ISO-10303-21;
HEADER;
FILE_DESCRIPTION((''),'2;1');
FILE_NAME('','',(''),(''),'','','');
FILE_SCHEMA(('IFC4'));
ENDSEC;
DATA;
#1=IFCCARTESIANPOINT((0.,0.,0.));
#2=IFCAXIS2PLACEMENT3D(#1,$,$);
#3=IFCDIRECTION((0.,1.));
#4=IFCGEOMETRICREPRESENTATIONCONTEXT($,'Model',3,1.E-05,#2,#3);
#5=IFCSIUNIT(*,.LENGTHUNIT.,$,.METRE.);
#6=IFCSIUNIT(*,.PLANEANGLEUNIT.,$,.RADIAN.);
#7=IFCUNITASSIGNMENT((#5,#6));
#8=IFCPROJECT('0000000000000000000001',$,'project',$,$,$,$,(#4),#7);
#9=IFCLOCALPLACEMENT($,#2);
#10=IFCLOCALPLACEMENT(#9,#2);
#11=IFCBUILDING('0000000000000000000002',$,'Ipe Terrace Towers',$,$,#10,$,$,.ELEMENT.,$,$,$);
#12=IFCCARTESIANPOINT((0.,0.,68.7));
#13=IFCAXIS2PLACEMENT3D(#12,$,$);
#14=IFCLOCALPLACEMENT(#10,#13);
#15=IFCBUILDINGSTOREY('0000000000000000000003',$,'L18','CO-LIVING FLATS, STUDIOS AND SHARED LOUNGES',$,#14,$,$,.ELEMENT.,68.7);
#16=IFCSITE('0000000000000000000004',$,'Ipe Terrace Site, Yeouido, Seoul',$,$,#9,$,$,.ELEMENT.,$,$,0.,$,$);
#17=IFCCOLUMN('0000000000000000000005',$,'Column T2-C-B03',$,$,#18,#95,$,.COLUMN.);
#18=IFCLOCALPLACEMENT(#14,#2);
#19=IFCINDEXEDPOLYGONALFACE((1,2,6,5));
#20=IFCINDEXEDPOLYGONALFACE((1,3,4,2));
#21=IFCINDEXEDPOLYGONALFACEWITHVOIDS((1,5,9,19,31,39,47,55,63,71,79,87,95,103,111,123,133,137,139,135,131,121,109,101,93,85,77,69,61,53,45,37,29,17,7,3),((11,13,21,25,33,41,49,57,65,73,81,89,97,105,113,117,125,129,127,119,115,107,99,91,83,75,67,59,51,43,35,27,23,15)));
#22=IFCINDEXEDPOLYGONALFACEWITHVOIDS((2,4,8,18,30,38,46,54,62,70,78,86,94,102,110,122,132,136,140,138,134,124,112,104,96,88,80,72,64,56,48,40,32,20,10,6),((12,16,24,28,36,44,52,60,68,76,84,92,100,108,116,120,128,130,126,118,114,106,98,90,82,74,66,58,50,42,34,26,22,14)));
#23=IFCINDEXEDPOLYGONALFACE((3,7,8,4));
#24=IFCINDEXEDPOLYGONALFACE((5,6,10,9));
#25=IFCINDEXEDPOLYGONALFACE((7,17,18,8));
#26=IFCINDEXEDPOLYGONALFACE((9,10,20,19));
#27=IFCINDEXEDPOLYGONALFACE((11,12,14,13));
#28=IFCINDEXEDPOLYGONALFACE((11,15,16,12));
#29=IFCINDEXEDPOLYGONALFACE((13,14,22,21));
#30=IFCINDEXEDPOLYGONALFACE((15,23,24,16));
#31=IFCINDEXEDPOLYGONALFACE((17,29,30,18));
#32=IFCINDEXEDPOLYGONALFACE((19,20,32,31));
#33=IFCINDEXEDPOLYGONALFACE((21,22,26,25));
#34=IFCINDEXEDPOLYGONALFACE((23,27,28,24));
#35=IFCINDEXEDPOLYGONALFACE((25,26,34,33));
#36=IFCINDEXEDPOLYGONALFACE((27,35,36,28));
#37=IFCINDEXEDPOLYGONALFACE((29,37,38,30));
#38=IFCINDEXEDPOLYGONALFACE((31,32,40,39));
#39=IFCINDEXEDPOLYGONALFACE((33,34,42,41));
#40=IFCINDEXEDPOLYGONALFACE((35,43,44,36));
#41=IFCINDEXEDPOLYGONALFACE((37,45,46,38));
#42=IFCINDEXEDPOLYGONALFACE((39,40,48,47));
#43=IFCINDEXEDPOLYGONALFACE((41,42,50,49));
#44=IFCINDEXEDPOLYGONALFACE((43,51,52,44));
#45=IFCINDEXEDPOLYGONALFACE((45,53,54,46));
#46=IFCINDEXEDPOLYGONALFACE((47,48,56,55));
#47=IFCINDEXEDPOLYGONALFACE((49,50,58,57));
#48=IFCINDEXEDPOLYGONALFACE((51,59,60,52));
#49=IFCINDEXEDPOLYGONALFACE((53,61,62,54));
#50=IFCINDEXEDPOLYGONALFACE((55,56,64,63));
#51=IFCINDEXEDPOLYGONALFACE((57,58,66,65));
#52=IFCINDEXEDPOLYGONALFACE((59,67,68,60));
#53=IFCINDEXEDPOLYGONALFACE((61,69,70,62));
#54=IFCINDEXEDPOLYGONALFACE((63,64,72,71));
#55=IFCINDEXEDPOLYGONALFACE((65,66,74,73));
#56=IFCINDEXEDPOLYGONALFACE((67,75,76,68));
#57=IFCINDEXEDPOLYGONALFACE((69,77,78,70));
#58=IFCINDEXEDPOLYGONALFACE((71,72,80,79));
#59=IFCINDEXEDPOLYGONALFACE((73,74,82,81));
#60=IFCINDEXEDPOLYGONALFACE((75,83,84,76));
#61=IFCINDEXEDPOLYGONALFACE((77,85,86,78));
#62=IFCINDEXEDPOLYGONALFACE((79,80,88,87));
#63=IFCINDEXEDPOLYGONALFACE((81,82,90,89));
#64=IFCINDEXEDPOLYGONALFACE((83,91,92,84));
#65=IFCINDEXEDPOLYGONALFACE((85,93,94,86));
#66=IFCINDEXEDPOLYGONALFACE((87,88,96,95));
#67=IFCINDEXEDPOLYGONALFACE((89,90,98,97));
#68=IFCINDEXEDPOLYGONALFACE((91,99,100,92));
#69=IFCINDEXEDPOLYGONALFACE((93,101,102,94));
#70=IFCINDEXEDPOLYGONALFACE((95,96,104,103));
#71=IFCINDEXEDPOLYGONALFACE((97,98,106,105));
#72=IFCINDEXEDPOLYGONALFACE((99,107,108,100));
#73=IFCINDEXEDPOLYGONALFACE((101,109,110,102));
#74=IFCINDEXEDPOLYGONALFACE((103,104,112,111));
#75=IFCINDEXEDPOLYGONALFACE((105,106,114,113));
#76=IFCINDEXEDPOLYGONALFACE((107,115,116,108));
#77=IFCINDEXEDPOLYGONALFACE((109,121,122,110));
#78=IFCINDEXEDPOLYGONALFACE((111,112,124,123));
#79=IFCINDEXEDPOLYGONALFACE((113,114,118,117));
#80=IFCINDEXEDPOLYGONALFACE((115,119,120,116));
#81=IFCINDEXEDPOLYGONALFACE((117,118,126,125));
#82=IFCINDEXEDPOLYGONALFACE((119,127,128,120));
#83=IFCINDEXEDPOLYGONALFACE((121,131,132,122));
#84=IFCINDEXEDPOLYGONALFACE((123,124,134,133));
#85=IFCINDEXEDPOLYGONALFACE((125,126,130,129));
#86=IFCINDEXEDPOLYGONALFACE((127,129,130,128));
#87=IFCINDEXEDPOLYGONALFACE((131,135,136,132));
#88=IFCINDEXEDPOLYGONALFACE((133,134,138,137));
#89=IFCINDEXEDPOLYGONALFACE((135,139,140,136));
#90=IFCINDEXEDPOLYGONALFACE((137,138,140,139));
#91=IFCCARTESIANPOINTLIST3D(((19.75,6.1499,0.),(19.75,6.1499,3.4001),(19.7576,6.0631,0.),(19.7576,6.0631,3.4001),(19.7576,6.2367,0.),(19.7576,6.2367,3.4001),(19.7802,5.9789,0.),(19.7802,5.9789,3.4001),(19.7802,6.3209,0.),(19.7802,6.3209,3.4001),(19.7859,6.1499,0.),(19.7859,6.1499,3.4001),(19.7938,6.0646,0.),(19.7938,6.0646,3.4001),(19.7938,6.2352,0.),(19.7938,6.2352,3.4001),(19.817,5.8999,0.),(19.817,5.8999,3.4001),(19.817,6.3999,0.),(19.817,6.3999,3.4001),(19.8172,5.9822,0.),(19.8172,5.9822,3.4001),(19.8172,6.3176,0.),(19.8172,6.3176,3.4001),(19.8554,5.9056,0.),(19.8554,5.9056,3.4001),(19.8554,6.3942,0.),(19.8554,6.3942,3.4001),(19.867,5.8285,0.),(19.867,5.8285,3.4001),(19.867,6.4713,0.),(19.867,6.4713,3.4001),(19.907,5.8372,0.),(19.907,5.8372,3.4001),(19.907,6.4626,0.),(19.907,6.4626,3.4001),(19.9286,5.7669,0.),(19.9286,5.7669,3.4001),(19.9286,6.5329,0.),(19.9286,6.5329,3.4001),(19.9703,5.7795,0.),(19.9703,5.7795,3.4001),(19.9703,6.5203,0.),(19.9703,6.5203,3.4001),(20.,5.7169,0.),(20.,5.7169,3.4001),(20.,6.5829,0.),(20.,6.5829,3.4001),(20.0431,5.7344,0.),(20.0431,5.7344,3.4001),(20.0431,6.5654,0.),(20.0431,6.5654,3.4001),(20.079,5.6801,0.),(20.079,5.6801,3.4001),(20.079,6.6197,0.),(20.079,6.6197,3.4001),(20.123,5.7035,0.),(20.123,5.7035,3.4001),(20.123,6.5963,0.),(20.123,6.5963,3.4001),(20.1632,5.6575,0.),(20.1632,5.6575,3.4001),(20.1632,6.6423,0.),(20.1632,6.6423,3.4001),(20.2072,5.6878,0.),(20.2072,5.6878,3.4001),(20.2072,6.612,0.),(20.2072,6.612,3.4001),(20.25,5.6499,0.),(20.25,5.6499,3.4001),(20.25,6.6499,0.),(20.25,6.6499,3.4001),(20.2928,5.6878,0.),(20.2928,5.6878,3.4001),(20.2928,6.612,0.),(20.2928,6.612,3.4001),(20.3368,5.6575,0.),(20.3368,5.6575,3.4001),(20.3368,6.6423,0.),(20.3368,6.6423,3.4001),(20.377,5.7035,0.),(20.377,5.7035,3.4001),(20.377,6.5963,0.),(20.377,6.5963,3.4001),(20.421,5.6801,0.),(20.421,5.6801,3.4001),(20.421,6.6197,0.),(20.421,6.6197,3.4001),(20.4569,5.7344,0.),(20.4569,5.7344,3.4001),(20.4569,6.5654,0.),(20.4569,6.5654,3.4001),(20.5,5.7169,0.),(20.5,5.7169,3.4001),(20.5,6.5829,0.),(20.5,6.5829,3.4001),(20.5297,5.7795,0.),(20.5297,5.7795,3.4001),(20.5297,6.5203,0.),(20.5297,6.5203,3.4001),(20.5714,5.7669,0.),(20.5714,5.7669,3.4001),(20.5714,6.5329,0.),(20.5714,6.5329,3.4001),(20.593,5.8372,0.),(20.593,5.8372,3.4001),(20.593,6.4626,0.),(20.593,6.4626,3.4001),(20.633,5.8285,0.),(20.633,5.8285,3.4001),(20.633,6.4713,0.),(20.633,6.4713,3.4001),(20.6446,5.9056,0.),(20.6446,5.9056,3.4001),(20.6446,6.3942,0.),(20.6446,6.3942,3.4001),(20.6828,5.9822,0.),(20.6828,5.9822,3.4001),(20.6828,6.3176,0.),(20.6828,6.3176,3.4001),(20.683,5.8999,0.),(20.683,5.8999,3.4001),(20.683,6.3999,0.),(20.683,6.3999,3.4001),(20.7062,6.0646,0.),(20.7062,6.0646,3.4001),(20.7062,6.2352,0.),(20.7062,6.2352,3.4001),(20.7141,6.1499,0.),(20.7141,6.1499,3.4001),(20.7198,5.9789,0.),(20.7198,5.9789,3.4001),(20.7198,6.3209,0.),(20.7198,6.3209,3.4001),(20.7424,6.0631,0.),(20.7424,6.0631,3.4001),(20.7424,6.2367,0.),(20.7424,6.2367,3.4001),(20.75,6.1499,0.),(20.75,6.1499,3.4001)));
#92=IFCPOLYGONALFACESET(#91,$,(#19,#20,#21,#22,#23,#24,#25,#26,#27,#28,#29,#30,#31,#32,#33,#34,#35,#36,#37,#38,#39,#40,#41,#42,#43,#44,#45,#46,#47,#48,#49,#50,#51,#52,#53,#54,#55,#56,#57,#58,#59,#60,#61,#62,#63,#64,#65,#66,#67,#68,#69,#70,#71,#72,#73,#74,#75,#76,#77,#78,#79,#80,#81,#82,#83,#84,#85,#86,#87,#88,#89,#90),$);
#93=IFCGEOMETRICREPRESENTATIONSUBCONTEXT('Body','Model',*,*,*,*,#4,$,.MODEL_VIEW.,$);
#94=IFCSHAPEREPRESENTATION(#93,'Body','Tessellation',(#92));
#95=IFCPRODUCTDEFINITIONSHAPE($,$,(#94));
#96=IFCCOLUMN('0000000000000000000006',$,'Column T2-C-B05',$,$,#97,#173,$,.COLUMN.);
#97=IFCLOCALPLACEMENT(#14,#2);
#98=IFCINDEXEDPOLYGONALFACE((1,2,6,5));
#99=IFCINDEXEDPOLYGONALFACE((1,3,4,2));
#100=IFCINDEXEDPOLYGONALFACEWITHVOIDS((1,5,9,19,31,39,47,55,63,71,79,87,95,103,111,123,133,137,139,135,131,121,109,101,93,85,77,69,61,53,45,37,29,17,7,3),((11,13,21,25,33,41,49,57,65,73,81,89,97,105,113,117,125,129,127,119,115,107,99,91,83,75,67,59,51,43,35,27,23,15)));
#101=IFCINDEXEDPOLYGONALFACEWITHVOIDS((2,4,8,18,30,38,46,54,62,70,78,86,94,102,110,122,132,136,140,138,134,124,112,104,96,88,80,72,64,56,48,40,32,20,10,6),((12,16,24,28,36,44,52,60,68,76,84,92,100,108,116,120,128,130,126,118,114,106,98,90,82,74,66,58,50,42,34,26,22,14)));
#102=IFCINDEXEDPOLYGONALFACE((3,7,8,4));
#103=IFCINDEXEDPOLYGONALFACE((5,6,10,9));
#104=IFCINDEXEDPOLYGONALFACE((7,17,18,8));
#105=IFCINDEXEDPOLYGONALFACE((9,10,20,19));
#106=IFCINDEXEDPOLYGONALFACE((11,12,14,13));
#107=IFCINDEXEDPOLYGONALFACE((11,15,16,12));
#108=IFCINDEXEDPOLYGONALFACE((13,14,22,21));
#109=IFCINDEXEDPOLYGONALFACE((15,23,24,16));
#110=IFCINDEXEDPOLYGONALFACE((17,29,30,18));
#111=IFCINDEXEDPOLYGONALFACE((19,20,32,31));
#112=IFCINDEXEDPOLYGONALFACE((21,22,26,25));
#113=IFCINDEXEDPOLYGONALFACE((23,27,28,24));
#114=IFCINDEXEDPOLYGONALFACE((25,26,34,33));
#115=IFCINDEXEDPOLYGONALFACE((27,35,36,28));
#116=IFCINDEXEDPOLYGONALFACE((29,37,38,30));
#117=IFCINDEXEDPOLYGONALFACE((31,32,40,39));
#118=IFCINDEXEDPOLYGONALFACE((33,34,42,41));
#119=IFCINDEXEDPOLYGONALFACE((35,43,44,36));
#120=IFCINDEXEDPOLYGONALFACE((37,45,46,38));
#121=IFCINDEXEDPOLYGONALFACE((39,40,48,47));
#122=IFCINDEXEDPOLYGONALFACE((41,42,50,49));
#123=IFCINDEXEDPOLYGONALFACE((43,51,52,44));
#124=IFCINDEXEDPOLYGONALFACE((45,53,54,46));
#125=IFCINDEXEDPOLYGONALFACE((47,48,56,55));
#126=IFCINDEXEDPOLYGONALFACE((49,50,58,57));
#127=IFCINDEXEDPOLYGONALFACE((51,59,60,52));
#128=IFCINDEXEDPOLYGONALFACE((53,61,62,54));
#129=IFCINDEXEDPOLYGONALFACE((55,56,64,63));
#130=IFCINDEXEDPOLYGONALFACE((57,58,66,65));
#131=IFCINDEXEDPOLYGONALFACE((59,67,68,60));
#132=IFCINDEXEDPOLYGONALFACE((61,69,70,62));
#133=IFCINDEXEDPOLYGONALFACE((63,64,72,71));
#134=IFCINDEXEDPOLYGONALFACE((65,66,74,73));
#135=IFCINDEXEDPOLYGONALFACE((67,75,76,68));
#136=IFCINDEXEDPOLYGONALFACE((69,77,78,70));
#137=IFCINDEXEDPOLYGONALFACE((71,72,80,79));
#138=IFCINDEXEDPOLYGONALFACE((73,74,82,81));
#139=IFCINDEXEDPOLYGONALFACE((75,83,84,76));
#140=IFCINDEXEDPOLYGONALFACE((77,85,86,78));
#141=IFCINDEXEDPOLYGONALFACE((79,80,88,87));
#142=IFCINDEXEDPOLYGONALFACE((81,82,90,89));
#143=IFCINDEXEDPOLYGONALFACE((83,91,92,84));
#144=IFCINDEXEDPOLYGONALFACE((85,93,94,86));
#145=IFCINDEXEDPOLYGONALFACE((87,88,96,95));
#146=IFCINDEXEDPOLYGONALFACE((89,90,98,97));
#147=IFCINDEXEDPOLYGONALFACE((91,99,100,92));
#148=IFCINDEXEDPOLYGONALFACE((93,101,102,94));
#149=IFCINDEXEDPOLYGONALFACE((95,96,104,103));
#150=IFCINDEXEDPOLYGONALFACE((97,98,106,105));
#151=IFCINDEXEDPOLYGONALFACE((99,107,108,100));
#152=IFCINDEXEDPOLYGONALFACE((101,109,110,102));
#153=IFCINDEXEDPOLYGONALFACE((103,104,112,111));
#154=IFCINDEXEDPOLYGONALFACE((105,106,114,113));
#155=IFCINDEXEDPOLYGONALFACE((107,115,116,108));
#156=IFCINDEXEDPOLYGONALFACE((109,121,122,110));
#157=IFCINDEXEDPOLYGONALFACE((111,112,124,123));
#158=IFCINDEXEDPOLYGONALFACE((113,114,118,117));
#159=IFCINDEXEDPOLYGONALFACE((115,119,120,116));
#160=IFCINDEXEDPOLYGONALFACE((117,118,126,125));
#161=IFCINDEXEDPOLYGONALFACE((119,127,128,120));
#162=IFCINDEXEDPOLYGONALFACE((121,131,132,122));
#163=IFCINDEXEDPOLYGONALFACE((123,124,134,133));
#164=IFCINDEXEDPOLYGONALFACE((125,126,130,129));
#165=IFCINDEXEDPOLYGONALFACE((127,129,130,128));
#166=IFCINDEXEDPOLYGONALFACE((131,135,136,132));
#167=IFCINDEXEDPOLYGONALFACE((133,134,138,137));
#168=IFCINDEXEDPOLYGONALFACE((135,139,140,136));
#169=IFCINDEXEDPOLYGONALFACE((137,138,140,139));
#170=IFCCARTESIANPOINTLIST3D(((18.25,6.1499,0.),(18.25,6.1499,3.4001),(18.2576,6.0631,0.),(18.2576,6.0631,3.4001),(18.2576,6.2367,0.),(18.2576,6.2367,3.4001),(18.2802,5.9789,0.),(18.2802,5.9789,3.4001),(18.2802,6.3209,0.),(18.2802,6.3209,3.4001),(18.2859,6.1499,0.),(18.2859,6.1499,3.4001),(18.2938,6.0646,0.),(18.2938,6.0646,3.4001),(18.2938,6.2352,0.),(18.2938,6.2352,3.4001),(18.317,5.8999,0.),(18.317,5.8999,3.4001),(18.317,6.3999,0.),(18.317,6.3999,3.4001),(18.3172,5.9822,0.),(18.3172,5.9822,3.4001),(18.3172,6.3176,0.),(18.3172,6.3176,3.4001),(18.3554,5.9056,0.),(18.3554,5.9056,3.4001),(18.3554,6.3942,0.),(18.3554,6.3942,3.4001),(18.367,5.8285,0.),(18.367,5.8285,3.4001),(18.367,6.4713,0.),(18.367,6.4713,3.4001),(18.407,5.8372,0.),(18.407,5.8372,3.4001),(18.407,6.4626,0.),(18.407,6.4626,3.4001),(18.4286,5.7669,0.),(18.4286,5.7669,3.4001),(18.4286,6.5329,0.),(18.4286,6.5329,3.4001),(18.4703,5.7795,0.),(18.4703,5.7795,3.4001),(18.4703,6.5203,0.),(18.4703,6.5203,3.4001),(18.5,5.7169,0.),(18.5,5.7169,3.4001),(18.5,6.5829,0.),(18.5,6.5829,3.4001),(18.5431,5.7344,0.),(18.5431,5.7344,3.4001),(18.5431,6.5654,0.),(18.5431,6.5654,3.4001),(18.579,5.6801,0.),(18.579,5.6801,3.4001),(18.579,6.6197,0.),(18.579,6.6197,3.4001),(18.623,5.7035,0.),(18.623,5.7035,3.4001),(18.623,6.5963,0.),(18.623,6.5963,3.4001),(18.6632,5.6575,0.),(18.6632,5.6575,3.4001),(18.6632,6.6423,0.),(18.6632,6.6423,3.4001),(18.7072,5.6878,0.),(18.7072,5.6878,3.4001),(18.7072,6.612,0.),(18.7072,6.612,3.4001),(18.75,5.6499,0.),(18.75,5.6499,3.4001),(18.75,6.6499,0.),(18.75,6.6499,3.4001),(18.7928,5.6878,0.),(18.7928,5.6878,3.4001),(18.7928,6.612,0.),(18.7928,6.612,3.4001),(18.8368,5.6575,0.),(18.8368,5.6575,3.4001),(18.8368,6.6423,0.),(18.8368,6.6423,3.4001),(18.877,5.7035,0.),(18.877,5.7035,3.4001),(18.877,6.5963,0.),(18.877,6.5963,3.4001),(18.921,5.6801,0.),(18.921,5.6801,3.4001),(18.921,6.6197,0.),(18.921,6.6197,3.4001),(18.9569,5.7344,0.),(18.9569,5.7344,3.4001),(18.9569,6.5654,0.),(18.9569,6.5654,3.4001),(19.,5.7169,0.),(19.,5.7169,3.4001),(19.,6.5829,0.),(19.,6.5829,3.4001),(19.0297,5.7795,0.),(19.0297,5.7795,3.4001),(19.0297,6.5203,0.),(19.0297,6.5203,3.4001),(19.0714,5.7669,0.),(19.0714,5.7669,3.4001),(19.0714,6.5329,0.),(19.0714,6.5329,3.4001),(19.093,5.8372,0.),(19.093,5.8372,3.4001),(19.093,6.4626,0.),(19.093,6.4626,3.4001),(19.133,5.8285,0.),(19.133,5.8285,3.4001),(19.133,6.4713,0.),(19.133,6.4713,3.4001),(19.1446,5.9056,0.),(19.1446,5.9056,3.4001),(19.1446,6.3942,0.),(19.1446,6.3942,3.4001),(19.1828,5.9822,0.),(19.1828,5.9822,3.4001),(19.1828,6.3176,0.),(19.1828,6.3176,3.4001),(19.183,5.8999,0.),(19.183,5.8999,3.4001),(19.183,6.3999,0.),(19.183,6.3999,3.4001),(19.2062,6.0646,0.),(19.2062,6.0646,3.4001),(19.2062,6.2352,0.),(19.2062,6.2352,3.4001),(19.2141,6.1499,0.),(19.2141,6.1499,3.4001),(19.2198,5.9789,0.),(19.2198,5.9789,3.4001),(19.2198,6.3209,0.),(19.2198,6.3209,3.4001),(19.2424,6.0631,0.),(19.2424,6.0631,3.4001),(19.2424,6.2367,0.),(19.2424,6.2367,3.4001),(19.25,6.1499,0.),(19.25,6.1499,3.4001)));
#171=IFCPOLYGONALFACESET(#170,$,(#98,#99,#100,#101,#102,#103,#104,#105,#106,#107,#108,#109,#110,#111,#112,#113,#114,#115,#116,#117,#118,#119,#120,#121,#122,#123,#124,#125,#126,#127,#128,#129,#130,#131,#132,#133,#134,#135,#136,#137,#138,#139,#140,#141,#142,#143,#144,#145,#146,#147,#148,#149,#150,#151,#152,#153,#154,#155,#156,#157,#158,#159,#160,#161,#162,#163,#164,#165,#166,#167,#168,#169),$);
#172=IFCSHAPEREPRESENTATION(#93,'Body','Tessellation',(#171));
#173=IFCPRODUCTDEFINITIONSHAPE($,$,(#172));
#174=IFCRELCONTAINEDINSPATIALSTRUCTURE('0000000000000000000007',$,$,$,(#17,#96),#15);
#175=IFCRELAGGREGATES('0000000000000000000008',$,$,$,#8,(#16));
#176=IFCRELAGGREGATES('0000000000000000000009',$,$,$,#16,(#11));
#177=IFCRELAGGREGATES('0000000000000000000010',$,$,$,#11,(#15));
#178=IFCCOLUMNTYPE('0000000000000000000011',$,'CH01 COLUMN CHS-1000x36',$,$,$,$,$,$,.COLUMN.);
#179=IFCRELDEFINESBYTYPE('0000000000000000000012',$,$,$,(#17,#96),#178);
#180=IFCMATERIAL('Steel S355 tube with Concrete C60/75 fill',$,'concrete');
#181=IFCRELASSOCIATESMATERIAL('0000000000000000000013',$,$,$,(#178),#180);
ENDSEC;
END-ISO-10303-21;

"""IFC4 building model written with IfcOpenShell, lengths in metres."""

from ifc_helpers import new_model, si_unit, direction, frame, origin, origin_2d, place, context, subcontext, project, spatial, hollow_circle, extrude, material, material_profile, profile_set, type_object, element, save


model = new_model("IFC4")

# Units and contexts
model_context = context("Model", 3, precision=1e-05, world=origin(), true_north=direction((0.0, 1.0)))
body_context = subcontext(model_context, "Body", "Model", "MODEL_VIEW")
ifc_project = project(units=[si_unit("LENGTHUNIT", "METRE"), si_unit("PLANEANGLEUNIT", "RADIAN")], contexts=[model_context])

# Site, building, storey
site_placement = place(None, origin())
site = spatial("IfcSite", under=ifc_project, at=site_placement, Name="Ipe Terrace Site, Yeouido, Seoul", CompositionType="ELEMENT", RefElevation=0.0)
building_placement = place(site_placement, origin())
building = spatial("IfcBuilding", under=site, at=building_placement, Name="Ipe Terrace Towers", CompositionType="ELEMENT")
storey_placement = place(building_placement, frame((0.0, 0.0, 68.7)))
storey = spatial("IfcBuildingStorey", under=building, at=storey_placement, Name="L18", Description="CO-LIVING FLATS, STUDIOS AND SHARED LOUNGES", CompositionType="ELEMENT", Elevation=68.7)

# Columns
ifc_material_1 = material(Name="Steel S355 tube with Concrete C60/75 fill", Category="concrete")
ifc_material_profile_1 = material_profile(ifc_material_1, hollow_circle(Radius=0.5, WallThickness=0.0359, at=origin_2d()), Name="CHS-1000x36")
ifc_profile_set_1 = profile_set([ifc_material_profile_1], Name="Steel S355 tube with Concrete C60/75 fill")
column_type = type_object("IfcColumnType", Name="CH01 COLUMN CHS-1000x36", PredefinedType="COLUMN", material=ifc_profile_set_1)
for number, where, z_axis, x_axis, name in (
    (1, (20.25, 6.1499, 0.0), (0.0, 0.0, 1.0), (1.0, 0.0, 0.0), "Column T2-C-B03"),
    (2, (18.75, 6.1499, 0.0), (0.0, 0.0, 1.0), (1.0, 0.0, 0.0), "Column T2-C-B05"),
):
    element("IfcColumn", number, at=place(storey_placement, frame(where, z_axis=z_axis, x_axis=x_axis)), inside=storey, type_object=column_type, Name=name, PredefinedType="COLUMN", context=body_context, shape_type="SweptSolid", body=[
        extrude(hollow_circle(Radius=0.5, WallThickness=0.0359, at=origin_2d()), origin(), (0.0, 0.0, 1.0), 3.4001),
    ])

save(model, "model.ifc")
